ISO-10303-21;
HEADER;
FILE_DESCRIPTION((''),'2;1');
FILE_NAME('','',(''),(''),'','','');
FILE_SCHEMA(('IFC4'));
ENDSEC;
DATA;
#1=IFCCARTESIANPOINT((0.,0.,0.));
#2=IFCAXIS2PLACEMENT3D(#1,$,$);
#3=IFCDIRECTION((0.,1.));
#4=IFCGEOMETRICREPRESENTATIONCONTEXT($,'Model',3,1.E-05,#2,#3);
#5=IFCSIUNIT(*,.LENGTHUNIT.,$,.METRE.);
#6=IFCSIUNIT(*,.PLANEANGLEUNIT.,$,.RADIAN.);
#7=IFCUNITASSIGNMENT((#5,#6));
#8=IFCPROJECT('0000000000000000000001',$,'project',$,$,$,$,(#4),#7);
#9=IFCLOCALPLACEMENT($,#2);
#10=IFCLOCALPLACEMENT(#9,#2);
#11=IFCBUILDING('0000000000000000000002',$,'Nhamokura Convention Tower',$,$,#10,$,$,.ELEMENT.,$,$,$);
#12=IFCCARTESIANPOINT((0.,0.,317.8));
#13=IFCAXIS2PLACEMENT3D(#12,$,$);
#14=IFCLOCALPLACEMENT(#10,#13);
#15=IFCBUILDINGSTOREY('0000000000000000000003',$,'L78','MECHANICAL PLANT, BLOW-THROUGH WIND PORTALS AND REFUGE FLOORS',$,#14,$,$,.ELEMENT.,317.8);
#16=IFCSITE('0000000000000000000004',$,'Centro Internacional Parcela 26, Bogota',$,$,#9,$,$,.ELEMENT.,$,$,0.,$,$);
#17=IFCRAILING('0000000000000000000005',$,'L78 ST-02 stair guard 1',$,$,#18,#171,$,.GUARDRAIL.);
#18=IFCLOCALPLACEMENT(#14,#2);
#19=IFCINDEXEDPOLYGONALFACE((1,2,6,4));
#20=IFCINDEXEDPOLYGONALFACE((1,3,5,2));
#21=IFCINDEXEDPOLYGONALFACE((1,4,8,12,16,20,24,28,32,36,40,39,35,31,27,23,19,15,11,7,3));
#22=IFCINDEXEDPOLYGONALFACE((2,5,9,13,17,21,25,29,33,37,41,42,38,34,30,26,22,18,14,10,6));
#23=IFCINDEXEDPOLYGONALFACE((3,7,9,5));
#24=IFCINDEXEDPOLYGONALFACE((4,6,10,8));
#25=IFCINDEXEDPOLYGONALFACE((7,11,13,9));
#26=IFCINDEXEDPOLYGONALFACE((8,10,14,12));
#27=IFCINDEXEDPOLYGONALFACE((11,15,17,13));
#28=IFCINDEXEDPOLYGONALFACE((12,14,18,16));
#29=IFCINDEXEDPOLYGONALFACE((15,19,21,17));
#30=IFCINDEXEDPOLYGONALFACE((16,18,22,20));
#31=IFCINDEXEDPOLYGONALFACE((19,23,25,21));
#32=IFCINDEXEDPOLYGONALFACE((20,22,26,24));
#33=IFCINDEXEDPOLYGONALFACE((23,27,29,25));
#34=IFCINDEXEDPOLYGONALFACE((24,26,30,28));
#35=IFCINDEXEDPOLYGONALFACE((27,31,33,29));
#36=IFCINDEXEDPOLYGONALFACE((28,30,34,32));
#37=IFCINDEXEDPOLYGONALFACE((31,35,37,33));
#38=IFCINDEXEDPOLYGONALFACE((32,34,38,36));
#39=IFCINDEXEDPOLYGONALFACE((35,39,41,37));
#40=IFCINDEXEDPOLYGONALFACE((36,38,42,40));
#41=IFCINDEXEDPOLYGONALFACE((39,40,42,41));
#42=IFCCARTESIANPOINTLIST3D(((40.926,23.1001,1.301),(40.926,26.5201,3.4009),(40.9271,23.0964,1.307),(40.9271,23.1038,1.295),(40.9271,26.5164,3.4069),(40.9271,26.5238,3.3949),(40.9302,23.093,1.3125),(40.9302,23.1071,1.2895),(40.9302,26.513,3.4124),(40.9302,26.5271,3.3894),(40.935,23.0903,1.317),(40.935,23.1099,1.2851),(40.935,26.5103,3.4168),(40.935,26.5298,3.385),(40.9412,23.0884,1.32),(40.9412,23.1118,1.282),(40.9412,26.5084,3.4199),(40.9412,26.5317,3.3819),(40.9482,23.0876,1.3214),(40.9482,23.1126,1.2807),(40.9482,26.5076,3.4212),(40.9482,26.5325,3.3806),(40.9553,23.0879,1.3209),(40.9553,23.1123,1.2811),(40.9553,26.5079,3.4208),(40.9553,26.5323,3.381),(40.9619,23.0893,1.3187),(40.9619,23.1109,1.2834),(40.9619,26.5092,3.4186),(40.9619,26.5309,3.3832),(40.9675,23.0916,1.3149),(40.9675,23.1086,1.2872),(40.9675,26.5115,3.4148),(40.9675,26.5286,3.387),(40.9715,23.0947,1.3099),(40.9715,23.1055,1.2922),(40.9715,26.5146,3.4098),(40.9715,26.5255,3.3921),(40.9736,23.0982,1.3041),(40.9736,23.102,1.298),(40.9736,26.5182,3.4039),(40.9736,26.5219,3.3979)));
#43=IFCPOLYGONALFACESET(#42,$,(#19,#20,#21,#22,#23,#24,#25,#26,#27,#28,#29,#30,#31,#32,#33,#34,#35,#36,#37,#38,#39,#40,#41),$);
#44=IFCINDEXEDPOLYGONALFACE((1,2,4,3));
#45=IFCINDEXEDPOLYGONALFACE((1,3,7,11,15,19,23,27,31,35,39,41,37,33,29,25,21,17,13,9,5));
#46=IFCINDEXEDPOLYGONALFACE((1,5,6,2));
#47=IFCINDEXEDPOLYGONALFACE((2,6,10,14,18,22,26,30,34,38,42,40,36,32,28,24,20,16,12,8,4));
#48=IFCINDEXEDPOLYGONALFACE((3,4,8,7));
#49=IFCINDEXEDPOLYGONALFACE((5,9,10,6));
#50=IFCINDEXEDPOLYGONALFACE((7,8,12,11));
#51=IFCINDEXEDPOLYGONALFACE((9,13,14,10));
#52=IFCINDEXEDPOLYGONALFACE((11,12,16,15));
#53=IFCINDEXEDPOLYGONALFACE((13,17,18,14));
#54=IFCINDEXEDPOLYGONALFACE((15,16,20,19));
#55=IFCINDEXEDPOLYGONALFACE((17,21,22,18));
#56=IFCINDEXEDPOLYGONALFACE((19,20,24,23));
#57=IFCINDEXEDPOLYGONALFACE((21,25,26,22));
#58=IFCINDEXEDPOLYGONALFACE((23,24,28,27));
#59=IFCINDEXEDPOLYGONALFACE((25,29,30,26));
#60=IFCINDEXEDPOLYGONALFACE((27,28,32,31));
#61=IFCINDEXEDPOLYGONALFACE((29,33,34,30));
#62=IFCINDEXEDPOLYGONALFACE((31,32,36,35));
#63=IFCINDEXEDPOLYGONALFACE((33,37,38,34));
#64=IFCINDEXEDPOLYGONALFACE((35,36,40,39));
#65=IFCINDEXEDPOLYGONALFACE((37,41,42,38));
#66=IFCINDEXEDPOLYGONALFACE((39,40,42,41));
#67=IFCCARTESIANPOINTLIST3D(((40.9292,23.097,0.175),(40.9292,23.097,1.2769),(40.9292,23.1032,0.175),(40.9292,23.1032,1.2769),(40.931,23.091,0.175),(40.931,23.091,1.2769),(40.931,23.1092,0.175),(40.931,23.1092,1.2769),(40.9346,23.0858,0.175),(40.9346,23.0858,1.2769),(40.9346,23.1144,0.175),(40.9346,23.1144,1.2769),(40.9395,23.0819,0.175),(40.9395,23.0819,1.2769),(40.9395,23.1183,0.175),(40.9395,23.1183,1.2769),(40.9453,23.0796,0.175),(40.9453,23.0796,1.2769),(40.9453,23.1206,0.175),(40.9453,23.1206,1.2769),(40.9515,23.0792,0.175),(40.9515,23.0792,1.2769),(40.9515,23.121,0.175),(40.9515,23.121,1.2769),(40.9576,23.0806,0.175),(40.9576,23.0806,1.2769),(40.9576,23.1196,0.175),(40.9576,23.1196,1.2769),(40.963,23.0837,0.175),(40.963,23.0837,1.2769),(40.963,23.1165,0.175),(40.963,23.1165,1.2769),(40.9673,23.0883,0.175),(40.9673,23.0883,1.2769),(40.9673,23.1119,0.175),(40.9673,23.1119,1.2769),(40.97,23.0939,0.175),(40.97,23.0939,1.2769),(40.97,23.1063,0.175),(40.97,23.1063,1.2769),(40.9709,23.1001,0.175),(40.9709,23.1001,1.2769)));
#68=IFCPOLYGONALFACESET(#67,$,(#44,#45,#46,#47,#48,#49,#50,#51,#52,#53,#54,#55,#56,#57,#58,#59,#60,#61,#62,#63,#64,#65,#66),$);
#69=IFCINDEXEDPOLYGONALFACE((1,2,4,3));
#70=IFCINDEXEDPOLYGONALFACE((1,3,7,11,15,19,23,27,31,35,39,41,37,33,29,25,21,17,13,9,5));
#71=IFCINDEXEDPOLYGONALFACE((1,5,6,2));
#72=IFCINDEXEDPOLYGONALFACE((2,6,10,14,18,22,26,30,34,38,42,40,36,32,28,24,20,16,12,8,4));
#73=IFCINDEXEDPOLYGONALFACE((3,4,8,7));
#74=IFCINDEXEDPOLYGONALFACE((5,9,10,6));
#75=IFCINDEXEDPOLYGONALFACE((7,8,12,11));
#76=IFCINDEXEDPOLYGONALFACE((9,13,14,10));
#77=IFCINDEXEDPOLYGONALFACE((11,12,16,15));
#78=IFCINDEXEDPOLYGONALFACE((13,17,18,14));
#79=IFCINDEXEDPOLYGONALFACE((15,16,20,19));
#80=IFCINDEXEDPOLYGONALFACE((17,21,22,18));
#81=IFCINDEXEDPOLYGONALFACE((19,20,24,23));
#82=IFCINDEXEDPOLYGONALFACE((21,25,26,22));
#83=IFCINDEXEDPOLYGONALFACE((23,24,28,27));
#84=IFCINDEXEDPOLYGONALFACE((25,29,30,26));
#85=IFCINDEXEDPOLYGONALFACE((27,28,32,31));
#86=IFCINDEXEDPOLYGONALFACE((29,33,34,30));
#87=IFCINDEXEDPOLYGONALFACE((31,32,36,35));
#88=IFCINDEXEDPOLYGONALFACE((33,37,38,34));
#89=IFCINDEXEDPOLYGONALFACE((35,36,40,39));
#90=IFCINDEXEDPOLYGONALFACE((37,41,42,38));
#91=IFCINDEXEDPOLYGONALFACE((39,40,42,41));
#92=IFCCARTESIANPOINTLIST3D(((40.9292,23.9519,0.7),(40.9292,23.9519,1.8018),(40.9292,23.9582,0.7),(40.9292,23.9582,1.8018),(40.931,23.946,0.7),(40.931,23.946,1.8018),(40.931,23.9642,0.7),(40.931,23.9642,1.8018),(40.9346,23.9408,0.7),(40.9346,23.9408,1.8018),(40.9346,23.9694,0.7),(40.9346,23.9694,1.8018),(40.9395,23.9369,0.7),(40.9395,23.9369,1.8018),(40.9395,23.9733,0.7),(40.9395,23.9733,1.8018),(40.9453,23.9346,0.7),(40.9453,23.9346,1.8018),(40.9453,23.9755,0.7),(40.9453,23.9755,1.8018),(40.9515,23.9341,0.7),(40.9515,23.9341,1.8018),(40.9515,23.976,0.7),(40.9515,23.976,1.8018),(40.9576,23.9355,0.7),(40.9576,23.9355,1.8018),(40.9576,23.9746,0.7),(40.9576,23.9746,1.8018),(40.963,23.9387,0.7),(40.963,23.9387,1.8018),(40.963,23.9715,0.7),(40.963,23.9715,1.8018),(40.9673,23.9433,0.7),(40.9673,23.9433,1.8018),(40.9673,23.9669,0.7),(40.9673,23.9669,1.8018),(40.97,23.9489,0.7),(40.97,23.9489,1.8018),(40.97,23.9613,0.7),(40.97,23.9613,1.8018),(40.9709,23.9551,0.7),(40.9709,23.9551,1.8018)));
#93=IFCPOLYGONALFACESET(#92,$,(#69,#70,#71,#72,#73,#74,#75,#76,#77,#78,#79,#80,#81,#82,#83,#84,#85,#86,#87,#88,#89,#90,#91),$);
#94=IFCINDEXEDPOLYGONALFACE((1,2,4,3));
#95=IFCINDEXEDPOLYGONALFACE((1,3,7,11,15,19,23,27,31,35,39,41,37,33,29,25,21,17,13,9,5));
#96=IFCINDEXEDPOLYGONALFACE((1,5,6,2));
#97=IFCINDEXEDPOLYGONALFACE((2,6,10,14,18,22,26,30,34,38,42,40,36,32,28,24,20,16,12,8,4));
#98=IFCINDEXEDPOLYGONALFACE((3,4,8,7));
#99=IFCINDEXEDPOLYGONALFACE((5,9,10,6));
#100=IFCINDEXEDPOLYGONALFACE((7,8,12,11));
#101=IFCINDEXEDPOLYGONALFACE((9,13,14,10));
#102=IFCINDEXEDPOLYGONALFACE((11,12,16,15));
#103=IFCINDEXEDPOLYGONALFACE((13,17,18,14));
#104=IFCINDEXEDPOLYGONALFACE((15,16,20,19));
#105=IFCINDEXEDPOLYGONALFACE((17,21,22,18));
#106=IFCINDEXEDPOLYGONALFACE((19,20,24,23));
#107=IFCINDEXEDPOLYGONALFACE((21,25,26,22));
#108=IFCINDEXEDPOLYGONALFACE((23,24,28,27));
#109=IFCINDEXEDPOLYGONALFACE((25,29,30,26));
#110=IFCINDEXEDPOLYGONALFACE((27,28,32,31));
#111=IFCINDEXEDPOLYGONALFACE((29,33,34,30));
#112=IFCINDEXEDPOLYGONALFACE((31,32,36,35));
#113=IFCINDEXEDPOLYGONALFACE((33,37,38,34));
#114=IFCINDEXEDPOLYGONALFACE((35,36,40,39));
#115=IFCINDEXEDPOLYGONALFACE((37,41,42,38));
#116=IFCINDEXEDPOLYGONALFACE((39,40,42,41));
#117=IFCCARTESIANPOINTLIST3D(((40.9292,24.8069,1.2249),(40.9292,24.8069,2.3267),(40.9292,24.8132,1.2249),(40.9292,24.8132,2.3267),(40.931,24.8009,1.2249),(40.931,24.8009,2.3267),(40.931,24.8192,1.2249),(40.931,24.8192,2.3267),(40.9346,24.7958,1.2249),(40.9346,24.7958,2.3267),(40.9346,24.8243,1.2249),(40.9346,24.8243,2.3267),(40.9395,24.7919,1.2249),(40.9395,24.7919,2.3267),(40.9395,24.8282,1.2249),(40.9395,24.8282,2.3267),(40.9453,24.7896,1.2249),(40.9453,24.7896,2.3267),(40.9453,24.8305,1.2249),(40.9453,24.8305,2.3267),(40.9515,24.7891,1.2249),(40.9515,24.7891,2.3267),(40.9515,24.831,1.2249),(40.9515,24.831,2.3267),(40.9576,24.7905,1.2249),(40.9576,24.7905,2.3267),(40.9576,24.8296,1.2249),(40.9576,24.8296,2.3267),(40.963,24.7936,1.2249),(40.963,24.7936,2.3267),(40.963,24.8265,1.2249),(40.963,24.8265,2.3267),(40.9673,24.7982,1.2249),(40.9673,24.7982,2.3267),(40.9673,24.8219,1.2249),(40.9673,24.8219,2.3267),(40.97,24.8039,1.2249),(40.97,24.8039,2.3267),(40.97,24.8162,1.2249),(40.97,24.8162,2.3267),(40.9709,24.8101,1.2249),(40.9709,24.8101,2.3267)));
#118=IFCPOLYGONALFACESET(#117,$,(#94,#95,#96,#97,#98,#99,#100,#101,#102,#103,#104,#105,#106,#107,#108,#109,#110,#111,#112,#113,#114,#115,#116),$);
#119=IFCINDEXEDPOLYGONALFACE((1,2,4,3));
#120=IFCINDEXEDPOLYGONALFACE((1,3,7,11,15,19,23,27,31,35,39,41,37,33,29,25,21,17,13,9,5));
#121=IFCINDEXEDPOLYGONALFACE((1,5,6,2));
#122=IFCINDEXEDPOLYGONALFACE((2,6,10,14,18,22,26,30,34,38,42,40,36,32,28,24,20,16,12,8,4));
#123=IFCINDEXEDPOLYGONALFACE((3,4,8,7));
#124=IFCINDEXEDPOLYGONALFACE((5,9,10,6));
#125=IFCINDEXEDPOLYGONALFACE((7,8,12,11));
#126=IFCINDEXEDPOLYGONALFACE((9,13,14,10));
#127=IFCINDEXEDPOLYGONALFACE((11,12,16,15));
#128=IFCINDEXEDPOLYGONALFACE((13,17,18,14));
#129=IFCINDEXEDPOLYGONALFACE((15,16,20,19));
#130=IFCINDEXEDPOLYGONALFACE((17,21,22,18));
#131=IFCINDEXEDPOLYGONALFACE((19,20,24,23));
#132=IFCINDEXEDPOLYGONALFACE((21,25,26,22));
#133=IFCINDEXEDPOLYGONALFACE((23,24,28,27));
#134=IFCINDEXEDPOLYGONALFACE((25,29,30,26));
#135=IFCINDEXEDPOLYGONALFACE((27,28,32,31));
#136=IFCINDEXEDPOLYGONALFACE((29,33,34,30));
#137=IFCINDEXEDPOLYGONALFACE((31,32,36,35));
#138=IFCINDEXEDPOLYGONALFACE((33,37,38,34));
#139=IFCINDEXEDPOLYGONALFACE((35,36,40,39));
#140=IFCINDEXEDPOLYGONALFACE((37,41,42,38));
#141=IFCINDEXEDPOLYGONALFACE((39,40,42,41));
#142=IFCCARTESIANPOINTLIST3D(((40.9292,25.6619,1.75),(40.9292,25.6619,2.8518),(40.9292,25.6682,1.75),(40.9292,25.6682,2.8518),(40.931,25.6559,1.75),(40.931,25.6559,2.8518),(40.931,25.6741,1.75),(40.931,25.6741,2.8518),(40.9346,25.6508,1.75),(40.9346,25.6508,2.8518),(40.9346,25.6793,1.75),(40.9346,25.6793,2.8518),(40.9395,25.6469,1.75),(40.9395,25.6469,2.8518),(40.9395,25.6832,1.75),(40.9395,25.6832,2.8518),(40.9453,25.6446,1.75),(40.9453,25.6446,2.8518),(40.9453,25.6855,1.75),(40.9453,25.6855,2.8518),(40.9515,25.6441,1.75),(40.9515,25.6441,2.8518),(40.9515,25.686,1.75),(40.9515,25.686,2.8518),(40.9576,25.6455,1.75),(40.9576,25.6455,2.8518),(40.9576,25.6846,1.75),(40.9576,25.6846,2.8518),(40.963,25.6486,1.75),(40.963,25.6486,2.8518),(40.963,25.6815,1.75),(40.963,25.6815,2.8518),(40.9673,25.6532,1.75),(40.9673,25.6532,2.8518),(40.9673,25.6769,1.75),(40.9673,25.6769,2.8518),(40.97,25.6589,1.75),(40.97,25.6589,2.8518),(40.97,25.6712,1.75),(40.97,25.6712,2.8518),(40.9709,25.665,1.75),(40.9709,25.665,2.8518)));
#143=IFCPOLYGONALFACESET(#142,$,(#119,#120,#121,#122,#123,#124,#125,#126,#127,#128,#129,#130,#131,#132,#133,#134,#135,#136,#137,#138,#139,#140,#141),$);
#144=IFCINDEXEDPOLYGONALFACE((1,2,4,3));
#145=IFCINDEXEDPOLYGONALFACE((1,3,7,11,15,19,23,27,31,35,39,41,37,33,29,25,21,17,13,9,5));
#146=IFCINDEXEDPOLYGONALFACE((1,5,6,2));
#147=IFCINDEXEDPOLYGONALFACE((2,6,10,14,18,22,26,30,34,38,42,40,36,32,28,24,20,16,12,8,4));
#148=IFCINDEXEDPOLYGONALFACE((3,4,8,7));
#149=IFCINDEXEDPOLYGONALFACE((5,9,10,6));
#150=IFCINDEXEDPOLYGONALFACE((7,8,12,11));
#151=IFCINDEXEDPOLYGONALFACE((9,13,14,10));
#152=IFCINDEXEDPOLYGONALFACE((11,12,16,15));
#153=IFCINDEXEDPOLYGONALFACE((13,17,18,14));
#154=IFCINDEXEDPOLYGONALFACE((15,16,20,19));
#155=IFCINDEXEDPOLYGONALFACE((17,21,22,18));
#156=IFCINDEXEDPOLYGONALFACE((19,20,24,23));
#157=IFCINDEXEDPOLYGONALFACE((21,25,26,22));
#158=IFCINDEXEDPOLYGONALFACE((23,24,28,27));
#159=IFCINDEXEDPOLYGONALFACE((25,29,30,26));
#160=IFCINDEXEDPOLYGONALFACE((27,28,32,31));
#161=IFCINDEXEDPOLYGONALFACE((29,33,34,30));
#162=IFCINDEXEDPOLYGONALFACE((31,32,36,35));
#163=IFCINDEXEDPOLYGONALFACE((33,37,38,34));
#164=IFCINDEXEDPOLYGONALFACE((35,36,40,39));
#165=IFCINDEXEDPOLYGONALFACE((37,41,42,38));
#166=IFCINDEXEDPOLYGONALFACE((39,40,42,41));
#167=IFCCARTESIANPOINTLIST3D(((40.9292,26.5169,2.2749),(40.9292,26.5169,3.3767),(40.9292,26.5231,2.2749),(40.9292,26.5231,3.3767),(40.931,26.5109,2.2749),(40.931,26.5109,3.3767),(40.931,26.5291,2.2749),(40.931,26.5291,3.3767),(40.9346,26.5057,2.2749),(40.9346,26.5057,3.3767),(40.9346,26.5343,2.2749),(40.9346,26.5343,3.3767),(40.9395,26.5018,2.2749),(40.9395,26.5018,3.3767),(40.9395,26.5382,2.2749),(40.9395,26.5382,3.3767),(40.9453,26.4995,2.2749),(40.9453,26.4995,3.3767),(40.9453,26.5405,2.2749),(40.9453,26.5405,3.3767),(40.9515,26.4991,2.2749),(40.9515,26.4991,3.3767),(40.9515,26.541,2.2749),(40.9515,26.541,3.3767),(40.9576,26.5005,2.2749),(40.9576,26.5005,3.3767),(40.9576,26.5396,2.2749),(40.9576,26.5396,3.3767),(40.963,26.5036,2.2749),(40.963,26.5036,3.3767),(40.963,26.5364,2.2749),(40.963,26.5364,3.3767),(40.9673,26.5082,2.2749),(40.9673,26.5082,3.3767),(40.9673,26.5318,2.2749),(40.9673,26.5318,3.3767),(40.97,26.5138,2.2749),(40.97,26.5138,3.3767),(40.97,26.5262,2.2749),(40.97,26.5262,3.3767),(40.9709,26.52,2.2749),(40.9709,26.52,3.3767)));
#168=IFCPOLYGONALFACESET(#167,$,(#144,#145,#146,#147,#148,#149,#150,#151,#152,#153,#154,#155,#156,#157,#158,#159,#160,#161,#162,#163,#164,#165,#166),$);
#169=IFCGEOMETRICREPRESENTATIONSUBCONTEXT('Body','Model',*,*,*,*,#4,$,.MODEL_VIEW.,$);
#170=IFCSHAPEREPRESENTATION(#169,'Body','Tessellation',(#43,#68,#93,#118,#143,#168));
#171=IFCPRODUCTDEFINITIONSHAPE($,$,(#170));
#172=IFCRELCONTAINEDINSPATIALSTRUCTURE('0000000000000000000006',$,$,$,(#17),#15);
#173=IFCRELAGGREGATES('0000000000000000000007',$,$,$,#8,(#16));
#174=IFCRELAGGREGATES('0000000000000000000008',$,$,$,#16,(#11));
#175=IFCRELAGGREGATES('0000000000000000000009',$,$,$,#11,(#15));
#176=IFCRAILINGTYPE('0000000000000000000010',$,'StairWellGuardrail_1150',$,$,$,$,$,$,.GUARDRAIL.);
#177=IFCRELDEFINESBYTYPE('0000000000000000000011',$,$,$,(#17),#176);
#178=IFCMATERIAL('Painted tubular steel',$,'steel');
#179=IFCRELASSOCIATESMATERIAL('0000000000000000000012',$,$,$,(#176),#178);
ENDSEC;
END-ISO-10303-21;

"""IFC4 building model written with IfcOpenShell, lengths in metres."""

from ifc_helpers import new_model, si_unit, direction, frame, origin, origin_2d, place, context, subcontext, project, spatial, circle, extrude, material, type_object, element, save


model = new_model("IFC4")

# Units and contexts
model_context = context("Model", 3, precision=1e-05, world=origin(), true_north=direction((0.0, 1.0)))
body_context = subcontext(model_context, "Body", "Model", "MODEL_VIEW")
ifc_project = project(units=[si_unit("LENGTHUNIT", "METRE"), si_unit("PLANEANGLEUNIT", "RADIAN")], contexts=[model_context])

# Site, building, storey
site_placement = place(None, origin())
site = spatial("IfcSite", under=ifc_project, at=site_placement, Name="Centro Internacional Parcela 26, Bogota", CompositionType="ELEMENT", RefElevation=0.0)
building_placement = place(site_placement, origin())
building = spatial("IfcBuilding", under=site, at=building_placement, Name="Nhamokura Convention Tower", CompositionType="ELEMENT")
storey_placement = place(building_placement, frame((0.0, 0.0, 317.8)))
storey = spatial("IfcBuildingStorey", under=building, at=storey_placement, Name="L78", Description="MECHANICAL PLANT, BLOW-THROUGH WIND PORTALS AND REFUGE FLOORS", CompositionType="ELEMENT", Elevation=317.8)

# Railing
ifc_material_1 = material(Name="Painted tubular steel", Category="steel")
railing_type_1 = type_object("IfcRailingType", Name="StairWellGuardrail_1150", PredefinedType="GUARDRAIL", material=ifc_material_1)
railing_1_placement = place(storey_placement, frame((40.95, 23.1001, 0.175)))
element("IfcRailing", 1, at=railing_1_placement, inside=storey, type_object=railing_type_1, Name="L78 ST-02 stair guard 1", PredefinedType="GUARDRAIL", context=body_context, shape_type="SweptSolid", body=[
    extrude(circle(Radius=0.0239, at=origin_2d()), frame((0.0, 0.0, 1.126), z_axis=(0.0, 0.852182, 0.523245), x_axis=(-1.0, 0.0, 0.0)), (0.0, 0.0, 1.0), 4.0132),
    extrude(circle(Radius=0.021, at=origin_2d()), origin(), (0.0, 0.0, 1.0), 1.1018),
    extrude(circle(Radius=0.021, at=origin_2d()), frame((0.0, 0.855, 0.5249)), (0.0, 0.0, 1.0), 1.1018),
    extrude(circle(Radius=0.021, at=origin_2d()), frame((0.0, 1.71, 1.0498)), (0.0, 0.0, 1.0), 1.1018),
    extrude(circle(Radius=0.021, at=origin_2d()), frame((0.0, 2.5649, 1.575)), (0.0, 0.0, 1.0), 1.1018),
    extrude(circle(Radius=0.021, at=origin_2d()), frame((0.0, 3.4199, 2.0999)), (0.0, 0.0, 1.0), 1.1018),
])

save(model, "model.ifc")
